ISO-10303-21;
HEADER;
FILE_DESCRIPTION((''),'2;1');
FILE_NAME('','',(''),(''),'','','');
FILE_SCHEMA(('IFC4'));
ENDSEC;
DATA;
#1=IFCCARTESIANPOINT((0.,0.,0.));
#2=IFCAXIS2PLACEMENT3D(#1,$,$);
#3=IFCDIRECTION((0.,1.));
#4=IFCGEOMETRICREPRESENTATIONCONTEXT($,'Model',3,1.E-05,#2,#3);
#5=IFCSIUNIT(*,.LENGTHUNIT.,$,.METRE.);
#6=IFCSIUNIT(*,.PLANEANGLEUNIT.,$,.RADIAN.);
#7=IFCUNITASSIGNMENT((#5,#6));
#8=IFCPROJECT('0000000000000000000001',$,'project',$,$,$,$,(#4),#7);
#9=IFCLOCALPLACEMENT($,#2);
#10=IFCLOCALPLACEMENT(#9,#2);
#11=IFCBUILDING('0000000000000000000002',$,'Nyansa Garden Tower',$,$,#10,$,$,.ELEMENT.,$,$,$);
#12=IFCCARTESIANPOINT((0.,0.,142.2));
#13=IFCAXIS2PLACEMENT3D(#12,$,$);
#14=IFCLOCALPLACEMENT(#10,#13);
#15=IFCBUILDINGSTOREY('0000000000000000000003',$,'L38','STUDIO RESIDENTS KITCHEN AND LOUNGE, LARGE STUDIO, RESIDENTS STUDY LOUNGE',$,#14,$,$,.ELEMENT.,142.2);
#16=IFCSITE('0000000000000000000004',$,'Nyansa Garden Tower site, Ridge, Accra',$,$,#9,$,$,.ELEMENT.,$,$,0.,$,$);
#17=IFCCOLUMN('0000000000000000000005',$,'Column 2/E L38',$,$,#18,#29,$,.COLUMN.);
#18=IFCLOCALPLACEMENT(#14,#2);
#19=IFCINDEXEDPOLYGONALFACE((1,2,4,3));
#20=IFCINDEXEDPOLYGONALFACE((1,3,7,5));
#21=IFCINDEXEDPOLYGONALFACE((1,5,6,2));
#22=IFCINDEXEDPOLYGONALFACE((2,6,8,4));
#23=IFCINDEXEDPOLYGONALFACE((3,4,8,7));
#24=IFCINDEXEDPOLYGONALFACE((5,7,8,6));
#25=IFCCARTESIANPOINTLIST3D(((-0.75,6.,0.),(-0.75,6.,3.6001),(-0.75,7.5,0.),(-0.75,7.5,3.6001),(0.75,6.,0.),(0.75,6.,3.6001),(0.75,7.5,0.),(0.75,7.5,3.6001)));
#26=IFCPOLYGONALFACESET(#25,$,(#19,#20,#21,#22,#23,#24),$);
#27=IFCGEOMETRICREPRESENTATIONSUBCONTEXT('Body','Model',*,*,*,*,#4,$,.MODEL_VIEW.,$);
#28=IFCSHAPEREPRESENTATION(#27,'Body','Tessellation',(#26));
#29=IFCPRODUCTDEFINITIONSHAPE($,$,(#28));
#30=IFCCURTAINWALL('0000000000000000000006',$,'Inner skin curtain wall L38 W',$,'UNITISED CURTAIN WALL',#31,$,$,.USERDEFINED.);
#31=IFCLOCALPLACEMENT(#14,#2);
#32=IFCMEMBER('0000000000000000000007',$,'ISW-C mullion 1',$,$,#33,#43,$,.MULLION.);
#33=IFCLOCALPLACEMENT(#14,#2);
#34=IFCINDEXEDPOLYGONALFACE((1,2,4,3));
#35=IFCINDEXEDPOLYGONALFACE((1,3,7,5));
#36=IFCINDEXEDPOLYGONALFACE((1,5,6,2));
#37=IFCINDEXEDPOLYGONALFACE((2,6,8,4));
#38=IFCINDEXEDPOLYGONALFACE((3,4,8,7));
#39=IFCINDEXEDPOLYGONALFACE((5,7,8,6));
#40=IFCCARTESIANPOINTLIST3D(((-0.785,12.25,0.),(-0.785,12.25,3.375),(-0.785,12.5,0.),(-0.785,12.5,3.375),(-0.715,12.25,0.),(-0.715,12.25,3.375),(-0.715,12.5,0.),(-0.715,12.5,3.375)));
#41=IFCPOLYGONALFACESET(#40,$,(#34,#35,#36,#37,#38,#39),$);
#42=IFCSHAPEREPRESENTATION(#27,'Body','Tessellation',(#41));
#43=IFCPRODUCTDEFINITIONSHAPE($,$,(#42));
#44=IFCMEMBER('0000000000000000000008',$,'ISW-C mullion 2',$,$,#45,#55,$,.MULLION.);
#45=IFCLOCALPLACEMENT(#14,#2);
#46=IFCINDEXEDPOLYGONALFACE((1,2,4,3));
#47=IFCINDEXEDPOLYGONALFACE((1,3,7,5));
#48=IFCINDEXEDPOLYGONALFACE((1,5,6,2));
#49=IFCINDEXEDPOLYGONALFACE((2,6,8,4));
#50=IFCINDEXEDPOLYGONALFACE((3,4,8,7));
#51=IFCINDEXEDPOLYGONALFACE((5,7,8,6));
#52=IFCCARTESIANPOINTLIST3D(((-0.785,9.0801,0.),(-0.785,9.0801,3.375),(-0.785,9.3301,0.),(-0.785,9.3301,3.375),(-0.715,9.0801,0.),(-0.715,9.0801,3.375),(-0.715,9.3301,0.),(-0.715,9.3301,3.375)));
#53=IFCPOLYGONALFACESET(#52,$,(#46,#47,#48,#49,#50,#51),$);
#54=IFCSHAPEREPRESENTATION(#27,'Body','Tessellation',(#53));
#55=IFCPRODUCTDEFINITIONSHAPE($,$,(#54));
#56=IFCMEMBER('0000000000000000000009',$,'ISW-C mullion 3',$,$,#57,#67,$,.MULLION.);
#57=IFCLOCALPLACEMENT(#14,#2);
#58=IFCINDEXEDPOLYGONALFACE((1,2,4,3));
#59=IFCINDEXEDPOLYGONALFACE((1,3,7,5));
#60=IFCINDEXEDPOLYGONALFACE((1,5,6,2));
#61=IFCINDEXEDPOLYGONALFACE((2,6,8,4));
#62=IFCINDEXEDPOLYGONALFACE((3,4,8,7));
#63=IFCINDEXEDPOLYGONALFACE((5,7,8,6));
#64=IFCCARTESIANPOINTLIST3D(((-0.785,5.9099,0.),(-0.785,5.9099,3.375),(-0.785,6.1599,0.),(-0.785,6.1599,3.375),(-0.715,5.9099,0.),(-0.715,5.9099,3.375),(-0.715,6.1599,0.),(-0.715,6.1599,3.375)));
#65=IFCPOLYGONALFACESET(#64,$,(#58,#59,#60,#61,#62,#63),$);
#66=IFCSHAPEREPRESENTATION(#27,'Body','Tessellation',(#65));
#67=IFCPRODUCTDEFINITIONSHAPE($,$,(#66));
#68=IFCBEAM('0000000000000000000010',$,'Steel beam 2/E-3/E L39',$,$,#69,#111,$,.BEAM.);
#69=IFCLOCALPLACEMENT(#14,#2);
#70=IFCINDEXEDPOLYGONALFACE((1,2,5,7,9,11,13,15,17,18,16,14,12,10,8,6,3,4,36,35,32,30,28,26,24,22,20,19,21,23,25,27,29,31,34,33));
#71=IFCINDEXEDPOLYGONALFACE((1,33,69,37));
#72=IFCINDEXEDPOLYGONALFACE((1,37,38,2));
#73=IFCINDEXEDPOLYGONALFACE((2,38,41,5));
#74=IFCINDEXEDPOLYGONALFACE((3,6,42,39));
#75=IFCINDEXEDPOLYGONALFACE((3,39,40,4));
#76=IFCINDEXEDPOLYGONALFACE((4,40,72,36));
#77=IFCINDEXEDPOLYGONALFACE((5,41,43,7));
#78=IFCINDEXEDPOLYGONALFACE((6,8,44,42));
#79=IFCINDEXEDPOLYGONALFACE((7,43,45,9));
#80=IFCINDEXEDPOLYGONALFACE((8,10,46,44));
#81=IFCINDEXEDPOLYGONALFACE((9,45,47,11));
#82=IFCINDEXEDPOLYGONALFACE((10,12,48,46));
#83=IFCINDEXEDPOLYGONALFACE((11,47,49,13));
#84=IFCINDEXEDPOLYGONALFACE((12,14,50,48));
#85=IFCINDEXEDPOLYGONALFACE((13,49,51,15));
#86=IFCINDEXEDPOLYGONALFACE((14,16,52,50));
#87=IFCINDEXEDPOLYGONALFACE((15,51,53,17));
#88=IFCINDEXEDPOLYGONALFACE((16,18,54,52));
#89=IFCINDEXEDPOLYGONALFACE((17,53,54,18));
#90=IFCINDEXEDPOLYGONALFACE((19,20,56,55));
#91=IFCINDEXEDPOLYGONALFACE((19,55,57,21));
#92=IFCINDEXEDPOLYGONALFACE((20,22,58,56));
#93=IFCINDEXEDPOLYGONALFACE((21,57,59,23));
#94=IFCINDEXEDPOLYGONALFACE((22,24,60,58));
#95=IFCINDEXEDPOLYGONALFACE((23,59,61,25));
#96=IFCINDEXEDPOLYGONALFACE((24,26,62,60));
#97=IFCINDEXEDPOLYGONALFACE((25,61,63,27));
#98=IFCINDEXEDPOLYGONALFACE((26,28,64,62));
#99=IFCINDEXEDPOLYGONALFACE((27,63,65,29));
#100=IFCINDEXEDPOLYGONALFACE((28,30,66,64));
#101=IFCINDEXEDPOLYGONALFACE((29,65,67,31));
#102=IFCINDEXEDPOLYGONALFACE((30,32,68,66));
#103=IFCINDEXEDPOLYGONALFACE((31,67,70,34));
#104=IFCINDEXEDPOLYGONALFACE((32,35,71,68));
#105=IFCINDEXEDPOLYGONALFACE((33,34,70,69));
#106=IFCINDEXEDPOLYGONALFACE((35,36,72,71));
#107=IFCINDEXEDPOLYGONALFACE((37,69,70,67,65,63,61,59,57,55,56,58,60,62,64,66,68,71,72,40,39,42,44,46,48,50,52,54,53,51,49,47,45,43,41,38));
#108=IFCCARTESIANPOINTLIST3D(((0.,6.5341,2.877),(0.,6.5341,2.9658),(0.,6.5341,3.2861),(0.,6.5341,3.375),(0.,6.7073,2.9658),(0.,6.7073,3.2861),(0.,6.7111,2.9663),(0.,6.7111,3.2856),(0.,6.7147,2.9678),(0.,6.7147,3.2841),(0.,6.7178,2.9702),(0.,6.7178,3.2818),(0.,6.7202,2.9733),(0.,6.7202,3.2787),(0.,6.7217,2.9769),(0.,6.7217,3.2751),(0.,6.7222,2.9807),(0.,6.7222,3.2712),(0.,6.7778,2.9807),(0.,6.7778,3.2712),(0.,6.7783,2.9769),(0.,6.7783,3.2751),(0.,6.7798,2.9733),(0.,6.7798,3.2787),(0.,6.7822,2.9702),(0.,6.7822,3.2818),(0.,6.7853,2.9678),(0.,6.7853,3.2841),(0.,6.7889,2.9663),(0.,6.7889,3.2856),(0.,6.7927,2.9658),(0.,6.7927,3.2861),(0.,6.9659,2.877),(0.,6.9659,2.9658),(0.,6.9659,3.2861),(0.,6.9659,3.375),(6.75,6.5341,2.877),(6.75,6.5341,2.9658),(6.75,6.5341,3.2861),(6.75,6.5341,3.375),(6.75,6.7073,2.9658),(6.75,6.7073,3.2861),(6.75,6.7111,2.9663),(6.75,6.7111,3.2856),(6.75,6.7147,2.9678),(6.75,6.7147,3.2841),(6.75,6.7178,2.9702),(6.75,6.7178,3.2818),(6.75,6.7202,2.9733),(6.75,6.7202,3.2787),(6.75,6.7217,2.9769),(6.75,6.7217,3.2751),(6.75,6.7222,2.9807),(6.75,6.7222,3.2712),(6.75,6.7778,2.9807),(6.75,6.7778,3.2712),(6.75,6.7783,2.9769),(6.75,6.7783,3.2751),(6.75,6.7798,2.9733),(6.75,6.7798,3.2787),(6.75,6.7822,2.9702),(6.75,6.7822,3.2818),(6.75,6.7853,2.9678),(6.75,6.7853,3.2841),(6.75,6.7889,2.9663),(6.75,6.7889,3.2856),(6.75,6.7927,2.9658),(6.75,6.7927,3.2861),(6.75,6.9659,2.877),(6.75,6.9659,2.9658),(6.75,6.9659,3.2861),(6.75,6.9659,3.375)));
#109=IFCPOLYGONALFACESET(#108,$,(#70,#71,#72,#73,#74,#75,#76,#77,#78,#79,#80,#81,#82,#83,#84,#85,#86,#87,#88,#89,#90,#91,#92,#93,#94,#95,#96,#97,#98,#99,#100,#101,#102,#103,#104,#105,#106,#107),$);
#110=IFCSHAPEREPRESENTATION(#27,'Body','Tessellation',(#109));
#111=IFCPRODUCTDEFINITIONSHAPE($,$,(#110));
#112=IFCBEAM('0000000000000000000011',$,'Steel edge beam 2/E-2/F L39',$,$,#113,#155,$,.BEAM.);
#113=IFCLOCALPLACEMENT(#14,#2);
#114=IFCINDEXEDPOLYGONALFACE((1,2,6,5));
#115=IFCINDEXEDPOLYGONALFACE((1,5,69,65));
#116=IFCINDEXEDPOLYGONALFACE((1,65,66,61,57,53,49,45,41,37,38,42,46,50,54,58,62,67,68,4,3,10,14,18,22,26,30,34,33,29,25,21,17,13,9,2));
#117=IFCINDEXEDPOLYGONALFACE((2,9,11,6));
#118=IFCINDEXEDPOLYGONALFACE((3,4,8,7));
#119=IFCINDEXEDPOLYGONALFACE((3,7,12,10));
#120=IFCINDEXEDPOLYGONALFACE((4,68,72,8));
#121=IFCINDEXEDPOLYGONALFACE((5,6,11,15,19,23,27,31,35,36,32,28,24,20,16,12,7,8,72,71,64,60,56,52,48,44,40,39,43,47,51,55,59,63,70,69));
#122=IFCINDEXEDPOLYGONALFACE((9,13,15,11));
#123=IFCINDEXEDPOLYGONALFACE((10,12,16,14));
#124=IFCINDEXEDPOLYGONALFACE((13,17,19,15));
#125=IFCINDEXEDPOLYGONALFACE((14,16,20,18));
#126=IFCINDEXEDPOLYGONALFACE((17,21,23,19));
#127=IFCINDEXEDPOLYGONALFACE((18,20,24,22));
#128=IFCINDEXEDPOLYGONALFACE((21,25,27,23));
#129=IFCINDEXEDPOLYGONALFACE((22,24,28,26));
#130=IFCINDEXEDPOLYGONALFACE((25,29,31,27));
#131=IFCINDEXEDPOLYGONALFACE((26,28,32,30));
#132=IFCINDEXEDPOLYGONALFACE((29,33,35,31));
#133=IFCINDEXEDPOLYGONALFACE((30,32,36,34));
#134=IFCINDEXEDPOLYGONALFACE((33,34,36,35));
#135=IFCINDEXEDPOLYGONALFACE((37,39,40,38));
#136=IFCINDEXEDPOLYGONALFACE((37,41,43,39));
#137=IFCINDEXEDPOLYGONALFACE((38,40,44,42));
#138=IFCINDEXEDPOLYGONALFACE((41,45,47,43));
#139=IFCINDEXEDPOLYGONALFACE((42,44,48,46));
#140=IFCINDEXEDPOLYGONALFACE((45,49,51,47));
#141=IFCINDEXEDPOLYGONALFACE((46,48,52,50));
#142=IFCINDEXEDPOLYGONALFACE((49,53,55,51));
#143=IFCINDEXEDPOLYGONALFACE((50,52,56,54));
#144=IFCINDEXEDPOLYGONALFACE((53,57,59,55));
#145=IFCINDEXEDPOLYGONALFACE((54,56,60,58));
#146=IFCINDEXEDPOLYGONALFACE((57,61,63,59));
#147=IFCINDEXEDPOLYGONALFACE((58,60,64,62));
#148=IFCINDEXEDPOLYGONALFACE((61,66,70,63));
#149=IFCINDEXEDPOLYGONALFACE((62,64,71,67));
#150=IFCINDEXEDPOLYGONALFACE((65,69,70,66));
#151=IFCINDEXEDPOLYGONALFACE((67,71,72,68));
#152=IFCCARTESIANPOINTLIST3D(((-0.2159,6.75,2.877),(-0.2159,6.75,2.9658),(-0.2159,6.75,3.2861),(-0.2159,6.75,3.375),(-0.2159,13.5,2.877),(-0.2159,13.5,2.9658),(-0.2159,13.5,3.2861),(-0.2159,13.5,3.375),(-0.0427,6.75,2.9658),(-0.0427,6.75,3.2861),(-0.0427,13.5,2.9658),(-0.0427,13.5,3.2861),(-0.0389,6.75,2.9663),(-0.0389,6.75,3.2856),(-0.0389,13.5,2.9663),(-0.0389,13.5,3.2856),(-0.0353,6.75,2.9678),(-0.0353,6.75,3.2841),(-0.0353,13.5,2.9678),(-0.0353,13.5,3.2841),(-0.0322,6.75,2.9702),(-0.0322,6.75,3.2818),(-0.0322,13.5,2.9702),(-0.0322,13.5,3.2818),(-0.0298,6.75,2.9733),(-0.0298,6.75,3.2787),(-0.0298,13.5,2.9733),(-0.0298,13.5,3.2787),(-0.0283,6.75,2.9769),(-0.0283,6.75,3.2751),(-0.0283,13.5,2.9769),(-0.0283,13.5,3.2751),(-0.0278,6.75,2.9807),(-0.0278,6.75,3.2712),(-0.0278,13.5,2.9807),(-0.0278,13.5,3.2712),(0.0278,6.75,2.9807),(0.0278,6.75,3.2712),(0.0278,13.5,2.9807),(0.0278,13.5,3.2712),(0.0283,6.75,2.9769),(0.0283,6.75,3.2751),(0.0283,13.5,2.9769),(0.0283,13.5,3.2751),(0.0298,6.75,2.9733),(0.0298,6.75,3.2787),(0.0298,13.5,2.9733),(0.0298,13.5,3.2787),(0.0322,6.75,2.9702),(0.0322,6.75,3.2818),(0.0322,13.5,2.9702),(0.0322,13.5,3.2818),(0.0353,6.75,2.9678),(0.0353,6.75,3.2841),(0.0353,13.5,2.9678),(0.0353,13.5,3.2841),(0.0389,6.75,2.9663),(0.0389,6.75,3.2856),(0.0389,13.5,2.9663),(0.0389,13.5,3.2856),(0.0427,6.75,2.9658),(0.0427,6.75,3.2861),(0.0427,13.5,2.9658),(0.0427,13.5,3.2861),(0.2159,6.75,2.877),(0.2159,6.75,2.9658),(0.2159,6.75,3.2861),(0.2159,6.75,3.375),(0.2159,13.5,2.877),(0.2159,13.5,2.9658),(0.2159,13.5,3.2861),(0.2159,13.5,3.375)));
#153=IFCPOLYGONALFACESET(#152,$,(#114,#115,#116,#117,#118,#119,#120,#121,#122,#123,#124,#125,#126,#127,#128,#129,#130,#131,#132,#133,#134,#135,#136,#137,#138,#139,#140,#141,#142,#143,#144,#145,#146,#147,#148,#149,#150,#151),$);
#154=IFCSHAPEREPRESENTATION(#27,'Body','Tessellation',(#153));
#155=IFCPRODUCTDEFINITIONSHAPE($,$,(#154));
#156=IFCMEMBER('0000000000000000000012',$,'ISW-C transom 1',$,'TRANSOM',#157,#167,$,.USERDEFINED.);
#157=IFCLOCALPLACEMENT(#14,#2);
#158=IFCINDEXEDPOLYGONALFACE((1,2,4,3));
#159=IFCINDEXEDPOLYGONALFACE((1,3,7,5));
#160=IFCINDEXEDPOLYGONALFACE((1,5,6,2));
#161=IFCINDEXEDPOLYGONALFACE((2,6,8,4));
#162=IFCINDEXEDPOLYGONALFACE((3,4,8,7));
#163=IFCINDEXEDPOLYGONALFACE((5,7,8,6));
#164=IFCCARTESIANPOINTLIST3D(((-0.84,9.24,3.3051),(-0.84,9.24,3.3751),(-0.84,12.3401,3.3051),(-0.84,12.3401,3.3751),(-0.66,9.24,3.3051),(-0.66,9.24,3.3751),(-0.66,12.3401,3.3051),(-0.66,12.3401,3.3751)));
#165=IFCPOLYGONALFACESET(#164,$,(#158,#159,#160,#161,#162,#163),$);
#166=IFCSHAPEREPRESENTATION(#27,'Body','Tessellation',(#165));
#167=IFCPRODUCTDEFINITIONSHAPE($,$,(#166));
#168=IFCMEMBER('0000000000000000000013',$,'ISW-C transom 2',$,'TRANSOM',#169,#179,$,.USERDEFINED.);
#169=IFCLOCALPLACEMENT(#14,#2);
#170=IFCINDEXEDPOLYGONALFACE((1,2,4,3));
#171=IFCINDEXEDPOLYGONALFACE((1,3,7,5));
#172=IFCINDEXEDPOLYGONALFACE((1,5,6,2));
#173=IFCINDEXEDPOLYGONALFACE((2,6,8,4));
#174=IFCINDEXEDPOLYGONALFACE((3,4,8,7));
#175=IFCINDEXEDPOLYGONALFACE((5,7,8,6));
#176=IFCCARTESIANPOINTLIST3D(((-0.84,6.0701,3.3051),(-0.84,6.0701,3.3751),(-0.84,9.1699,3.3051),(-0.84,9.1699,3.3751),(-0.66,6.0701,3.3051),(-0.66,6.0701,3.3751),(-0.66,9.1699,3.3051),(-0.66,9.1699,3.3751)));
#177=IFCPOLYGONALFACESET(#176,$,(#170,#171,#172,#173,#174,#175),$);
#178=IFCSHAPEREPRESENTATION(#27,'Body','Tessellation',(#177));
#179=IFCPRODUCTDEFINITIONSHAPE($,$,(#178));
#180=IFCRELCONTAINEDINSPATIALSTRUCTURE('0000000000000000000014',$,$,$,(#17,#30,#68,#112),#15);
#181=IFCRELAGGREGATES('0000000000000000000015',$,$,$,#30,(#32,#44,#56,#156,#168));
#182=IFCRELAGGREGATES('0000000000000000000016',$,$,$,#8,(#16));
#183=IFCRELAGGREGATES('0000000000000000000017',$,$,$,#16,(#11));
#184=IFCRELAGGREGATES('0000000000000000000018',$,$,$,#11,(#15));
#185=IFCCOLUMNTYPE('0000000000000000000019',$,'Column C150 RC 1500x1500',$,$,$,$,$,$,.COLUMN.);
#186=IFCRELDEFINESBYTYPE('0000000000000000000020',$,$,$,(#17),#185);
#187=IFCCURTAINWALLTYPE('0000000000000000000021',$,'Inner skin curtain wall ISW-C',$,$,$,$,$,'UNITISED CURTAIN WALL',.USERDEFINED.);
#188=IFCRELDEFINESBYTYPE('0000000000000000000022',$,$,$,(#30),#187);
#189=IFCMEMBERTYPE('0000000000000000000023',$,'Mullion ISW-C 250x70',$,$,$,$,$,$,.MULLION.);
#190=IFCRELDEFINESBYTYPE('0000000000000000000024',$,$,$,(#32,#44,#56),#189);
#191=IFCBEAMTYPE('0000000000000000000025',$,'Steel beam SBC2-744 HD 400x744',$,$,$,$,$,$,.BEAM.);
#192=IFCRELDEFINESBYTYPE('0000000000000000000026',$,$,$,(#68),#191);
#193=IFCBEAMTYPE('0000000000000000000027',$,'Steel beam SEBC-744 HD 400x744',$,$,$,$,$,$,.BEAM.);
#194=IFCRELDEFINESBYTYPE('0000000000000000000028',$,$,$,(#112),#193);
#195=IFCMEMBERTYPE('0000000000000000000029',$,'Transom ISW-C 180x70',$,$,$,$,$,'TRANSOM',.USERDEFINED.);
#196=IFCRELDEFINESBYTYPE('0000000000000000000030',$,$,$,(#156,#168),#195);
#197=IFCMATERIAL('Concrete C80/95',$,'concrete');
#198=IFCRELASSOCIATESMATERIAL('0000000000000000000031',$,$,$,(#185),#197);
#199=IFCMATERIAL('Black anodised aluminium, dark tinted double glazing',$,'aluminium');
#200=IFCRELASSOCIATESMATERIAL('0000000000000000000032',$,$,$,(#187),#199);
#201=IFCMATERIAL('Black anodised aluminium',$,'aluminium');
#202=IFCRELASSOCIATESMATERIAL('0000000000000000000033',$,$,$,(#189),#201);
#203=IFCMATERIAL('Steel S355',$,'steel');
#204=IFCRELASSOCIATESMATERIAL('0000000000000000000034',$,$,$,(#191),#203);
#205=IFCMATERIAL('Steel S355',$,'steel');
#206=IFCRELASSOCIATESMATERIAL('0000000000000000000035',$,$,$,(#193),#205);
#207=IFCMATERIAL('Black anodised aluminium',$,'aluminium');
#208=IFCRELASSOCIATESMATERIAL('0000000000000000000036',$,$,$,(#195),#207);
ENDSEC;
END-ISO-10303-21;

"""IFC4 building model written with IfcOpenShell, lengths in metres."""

from ifc_helpers import new_model, si_unit, direction, frame, origin, origin_2d, place, context, subcontext, project, spatial, rectangle, i_section, extrude, material, material_profile, profile_set, type_object, element, aggregate, save


model = new_model("IFC4")

# Units and contexts
model_context = context("Model", 3, precision=1e-05, world=origin(), true_north=direction((0.0, 1.0)))
body_context = subcontext(model_context, "Body", "Model", "MODEL_VIEW")
ifc_project = project(units=[si_unit("LENGTHUNIT", "METRE"), si_unit("PLANEANGLEUNIT", "RADIAN")], contexts=[model_context])

# Site, building, storey
site_placement = place(None, origin())
site = spatial("IfcSite", under=ifc_project, at=site_placement, Name="Nyansa Garden Tower site, Ridge, Accra", CompositionType="ELEMENT", RefElevation=0.0)
building_placement = place(site_placement, origin())
building = spatial("IfcBuilding", under=site, at=building_placement, Name="Nyansa Garden Tower", CompositionType="ELEMENT")
storey_placement = place(building_placement, frame((0.0, 0.0, 142.2)))
storey = spatial("IfcBuildingStorey", under=building, at=storey_placement, Name="L38", Description="STUDIO RESIDENTS KITCHEN AND LOUNGE, LARGE STUDIO, RESIDENTS STUDY LOUNGE", CompositionType="ELEMENT", Elevation=142.2)

# Column
ifc_material_1 = material(Name="Concrete C80/95", Category="concrete")
ifc_material_profile_1 = material_profile(ifc_material_1, rectangle(XDim=1.5, YDim=1.5, at=origin_2d()), Name="RC 1500x1500")
ifc_profile_set_1 = profile_set([ifc_material_profile_1], Name="Concrete C80/95")
column_type = type_object("IfcColumnType", Name="Column C150 RC 1500x1500", PredefinedType="COLUMN", material=ifc_profile_set_1)
column_placement = place(storey_placement, frame((0.0, 6.75, 0.0), z_axis=(0.0, 0.0, 1.0), x_axis=(1.0, 0.0, 0.0)))
element("IfcColumn", 1, at=column_placement, inside=storey, type_object=column_type, Name="Column 2/E L38", PredefinedType="COLUMN", context=body_context, shape_type="SweptSolid", body=[
    extrude(rectangle(XDim=1.5, YDim=1.5, at=origin_2d()), origin(), (0.0, 0.0, 1.0), 3.6001),
])

# Curtain wall, members
ifc_material_2 = material(Name="Black anodised aluminium, dark tinted double glazing", Category="aluminium")
curtain_wall_type = type_object("IfcCurtainWallType", Name="Inner skin curtain wall ISW-C", ElementType="UNITISED CURTAIN WALL", PredefinedType="USERDEFINED", material=ifc_material_2)
curtain_wall_placement = place(storey_placement, origin())
curtain_wall = element("IfcCurtainWall", 2, at=curtain_wall_placement, inside=storey, type_object=curtain_wall_type, Name="Inner skin curtain wall L38 W", ObjectType="UNITISED CURTAIN WALL", PredefinedType="USERDEFINED")
ifc_material_3 = material(Name="Black anodised aluminium", Category="aluminium")
ifc_material_profile_2 = material_profile(ifc_material_3, rectangle(XDim=0.0701, YDim=0.25, at=origin_2d()), Name="Mullion 250x70")
ifc_profile_set_2 = profile_set([ifc_material_profile_2], Name="Black anodised aluminium")
member_type_1 = type_object("IfcMemberType", Name="Mullion ISW-C 250x70", PredefinedType="MULLION", material=ifc_profile_set_2)
member_1_placement = place(storey_placement, frame((-0.75, 12.375, 0.0), z_axis=(0.0, 0.0, 1.0), x_axis=(1.0, 0.0, 0.0)))
member_1 = element("IfcMember", 3, at=member_1_placement, type_object=member_type_1, Name="ISW-C mullion 1", PredefinedType="MULLION", context=body_context, shape_type="SweptSolid", body=[
    extrude(rectangle(XDim=0.0701, YDim=0.25, at=origin_2d()), origin(), (0.0, 0.0, 1.0), 3.375),
])
member_2_placement = place(storey_placement, frame((-0.75, 9.2051, 0.0), z_axis=(0.0, 0.0, 1.0), x_axis=(1.0, 0.0, 0.0)))
member_2 = element("IfcMember", 4, at=member_2_placement, type_object=member_type_1, Name="ISW-C mullion 2", PredefinedType="MULLION", context=body_context, shape_type="SweptSolid", body=[
    extrude(rectangle(XDim=0.0701, YDim=0.25, at=origin_2d()), origin(), (0.0, 0.0, 1.0), 3.375),
])
member_3_placement = place(storey_placement, frame((-0.75, 6.0349, 0.0), z_axis=(0.0, 0.0, 1.0), x_axis=(1.0, 0.0, 0.0)))
member_3 = element("IfcMember", 5, at=member_3_placement, type_object=member_type_1, Name="ISW-C mullion 3", PredefinedType="MULLION", context=body_context, shape_type="SweptSolid", body=[
    extrude(rectangle(XDim=0.0701, YDim=0.25, at=origin_2d()), origin(), (0.0, 0.0, 1.0), 3.375),
])

# Beams
ifc_material_4 = material(Name="Steel S355", Category="steel")
ifc_material_profile_3 = material_profile(ifc_material_4, i_section(OverallWidth=0.4319, OverallDepth=0.498, WebThickness=0.0557, FlangeThickness=0.0889, FilletRadius=0.0149, at=origin_2d()), Name="HD 400x744")
ifc_profile_set_3 = profile_set([ifc_material_profile_3], Name="Steel S355")
beam_type_1 = type_object("IfcBeamType", Name="Steel beam SBC2-744 HD 400x744", PredefinedType="BEAM", material=ifc_profile_set_3)
beam_1_placement = place(storey_placement, frame((0.0, 6.75, 3.126), z_axis=(1.0, 0.0, 0.0), x_axis=(0.0, 1.0, 0.0)))
element("IfcBeam", 6, at=beam_1_placement, inside=storey, type_object=beam_type_1, Name="Steel beam 2/E-3/E L39", PredefinedType="BEAM", context=body_context, shape_type="SweptSolid", body=[
    extrude(i_section(OverallWidth=0.4319, OverallDepth=0.498, WebThickness=0.0557, FlangeThickness=0.0889, FilletRadius=0.0149, at=origin_2d()), origin(), (0.0, 0.0, 1.0), 6.75),
])
ifc_material_5 = material(Name="Steel S355", Category="steel")
ifc_material_profile_4 = material_profile(ifc_material_5, i_section(OverallWidth=0.4319, OverallDepth=0.498, WebThickness=0.0557, FlangeThickness=0.0889, FilletRadius=0.0149, at=origin_2d()), Name="HD 400x744")
ifc_profile_set_4 = profile_set([ifc_material_profile_4], Name="Steel S355")
beam_type_2 = type_object("IfcBeamType", Name="Steel beam SEBC-744 HD 400x744", PredefinedType="BEAM", material=ifc_profile_set_4)
beam_2_placement = place(storey_placement, frame((0.0, 6.75, 3.126), z_axis=(0.0, 1.0, 0.0), x_axis=(-1.0, 0.0, 0.0)))
element("IfcBeam", 7, at=beam_2_placement, inside=storey, type_object=beam_type_2, Name="Steel edge beam 2/E-2/F L39", PredefinedType="BEAM", context=body_context, shape_type="SweptSolid", body=[
    extrude(i_section(OverallWidth=0.4319, OverallDepth=0.498, WebThickness=0.0557, FlangeThickness=0.0889, FilletRadius=0.0149, at=origin_2d()), origin(), (0.0, 0.0, 1.0), 6.75),
])

# Members
ifc_material_6 = material(Name="Black anodised aluminium", Category="aluminium")
ifc_material_profile_5 = material_profile(ifc_material_6, rectangle(XDim=0.1799, YDim=0.0701, at=origin_2d()), Name="Transom 180x70")
ifc_profile_set_5 = profile_set([ifc_material_profile_5], Name="Black anodised aluminium")
member_type_2 = type_object("IfcMemberType", Name="Transom ISW-C 180x70", ElementType="TRANSOM", PredefinedType="USERDEFINED", material=ifc_profile_set_5)
member_4_placement = place(storey_placement, frame((-0.75, 12.3401, 3.3401), z_axis=(0.0, -1.0, 0.0), x_axis=(1.0, 0.0, 0.0)))
member_4 = element("IfcMember", 8, at=member_4_placement, type_object=member_type_2, Name="ISW-C transom 1", ObjectType="TRANSOM", PredefinedType="USERDEFINED", context=body_context, shape_type="SweptSolid", body=[
    extrude(rectangle(XDim=0.1799, YDim=0.0701, at=origin_2d()), origin(), (0.0, 0.0, 1.0), 3.1001),
])
member_5_placement = place(storey_placement, frame((-0.75, 9.1699, 3.3401), z_axis=(0.0, -1.0, 0.0), x_axis=(1.0, 0.0, 0.0)))
member_5 = element("IfcMember", 9, at=member_5_placement, type_object=member_type_2, Name="ISW-C transom 2", ObjectType="TRANSOM", PredefinedType="USERDEFINED", context=body_context, shape_type="SweptSolid", body=[
    extrude(rectangle(XDim=0.1799, YDim=0.0701, at=origin_2d()), origin(), (0.0, 0.0, 1.0), 3.0999),
])

aggregate(curtain_wall, [member_1, member_2, member_3, member_4, member_5])

save(model, "model.ifc")
